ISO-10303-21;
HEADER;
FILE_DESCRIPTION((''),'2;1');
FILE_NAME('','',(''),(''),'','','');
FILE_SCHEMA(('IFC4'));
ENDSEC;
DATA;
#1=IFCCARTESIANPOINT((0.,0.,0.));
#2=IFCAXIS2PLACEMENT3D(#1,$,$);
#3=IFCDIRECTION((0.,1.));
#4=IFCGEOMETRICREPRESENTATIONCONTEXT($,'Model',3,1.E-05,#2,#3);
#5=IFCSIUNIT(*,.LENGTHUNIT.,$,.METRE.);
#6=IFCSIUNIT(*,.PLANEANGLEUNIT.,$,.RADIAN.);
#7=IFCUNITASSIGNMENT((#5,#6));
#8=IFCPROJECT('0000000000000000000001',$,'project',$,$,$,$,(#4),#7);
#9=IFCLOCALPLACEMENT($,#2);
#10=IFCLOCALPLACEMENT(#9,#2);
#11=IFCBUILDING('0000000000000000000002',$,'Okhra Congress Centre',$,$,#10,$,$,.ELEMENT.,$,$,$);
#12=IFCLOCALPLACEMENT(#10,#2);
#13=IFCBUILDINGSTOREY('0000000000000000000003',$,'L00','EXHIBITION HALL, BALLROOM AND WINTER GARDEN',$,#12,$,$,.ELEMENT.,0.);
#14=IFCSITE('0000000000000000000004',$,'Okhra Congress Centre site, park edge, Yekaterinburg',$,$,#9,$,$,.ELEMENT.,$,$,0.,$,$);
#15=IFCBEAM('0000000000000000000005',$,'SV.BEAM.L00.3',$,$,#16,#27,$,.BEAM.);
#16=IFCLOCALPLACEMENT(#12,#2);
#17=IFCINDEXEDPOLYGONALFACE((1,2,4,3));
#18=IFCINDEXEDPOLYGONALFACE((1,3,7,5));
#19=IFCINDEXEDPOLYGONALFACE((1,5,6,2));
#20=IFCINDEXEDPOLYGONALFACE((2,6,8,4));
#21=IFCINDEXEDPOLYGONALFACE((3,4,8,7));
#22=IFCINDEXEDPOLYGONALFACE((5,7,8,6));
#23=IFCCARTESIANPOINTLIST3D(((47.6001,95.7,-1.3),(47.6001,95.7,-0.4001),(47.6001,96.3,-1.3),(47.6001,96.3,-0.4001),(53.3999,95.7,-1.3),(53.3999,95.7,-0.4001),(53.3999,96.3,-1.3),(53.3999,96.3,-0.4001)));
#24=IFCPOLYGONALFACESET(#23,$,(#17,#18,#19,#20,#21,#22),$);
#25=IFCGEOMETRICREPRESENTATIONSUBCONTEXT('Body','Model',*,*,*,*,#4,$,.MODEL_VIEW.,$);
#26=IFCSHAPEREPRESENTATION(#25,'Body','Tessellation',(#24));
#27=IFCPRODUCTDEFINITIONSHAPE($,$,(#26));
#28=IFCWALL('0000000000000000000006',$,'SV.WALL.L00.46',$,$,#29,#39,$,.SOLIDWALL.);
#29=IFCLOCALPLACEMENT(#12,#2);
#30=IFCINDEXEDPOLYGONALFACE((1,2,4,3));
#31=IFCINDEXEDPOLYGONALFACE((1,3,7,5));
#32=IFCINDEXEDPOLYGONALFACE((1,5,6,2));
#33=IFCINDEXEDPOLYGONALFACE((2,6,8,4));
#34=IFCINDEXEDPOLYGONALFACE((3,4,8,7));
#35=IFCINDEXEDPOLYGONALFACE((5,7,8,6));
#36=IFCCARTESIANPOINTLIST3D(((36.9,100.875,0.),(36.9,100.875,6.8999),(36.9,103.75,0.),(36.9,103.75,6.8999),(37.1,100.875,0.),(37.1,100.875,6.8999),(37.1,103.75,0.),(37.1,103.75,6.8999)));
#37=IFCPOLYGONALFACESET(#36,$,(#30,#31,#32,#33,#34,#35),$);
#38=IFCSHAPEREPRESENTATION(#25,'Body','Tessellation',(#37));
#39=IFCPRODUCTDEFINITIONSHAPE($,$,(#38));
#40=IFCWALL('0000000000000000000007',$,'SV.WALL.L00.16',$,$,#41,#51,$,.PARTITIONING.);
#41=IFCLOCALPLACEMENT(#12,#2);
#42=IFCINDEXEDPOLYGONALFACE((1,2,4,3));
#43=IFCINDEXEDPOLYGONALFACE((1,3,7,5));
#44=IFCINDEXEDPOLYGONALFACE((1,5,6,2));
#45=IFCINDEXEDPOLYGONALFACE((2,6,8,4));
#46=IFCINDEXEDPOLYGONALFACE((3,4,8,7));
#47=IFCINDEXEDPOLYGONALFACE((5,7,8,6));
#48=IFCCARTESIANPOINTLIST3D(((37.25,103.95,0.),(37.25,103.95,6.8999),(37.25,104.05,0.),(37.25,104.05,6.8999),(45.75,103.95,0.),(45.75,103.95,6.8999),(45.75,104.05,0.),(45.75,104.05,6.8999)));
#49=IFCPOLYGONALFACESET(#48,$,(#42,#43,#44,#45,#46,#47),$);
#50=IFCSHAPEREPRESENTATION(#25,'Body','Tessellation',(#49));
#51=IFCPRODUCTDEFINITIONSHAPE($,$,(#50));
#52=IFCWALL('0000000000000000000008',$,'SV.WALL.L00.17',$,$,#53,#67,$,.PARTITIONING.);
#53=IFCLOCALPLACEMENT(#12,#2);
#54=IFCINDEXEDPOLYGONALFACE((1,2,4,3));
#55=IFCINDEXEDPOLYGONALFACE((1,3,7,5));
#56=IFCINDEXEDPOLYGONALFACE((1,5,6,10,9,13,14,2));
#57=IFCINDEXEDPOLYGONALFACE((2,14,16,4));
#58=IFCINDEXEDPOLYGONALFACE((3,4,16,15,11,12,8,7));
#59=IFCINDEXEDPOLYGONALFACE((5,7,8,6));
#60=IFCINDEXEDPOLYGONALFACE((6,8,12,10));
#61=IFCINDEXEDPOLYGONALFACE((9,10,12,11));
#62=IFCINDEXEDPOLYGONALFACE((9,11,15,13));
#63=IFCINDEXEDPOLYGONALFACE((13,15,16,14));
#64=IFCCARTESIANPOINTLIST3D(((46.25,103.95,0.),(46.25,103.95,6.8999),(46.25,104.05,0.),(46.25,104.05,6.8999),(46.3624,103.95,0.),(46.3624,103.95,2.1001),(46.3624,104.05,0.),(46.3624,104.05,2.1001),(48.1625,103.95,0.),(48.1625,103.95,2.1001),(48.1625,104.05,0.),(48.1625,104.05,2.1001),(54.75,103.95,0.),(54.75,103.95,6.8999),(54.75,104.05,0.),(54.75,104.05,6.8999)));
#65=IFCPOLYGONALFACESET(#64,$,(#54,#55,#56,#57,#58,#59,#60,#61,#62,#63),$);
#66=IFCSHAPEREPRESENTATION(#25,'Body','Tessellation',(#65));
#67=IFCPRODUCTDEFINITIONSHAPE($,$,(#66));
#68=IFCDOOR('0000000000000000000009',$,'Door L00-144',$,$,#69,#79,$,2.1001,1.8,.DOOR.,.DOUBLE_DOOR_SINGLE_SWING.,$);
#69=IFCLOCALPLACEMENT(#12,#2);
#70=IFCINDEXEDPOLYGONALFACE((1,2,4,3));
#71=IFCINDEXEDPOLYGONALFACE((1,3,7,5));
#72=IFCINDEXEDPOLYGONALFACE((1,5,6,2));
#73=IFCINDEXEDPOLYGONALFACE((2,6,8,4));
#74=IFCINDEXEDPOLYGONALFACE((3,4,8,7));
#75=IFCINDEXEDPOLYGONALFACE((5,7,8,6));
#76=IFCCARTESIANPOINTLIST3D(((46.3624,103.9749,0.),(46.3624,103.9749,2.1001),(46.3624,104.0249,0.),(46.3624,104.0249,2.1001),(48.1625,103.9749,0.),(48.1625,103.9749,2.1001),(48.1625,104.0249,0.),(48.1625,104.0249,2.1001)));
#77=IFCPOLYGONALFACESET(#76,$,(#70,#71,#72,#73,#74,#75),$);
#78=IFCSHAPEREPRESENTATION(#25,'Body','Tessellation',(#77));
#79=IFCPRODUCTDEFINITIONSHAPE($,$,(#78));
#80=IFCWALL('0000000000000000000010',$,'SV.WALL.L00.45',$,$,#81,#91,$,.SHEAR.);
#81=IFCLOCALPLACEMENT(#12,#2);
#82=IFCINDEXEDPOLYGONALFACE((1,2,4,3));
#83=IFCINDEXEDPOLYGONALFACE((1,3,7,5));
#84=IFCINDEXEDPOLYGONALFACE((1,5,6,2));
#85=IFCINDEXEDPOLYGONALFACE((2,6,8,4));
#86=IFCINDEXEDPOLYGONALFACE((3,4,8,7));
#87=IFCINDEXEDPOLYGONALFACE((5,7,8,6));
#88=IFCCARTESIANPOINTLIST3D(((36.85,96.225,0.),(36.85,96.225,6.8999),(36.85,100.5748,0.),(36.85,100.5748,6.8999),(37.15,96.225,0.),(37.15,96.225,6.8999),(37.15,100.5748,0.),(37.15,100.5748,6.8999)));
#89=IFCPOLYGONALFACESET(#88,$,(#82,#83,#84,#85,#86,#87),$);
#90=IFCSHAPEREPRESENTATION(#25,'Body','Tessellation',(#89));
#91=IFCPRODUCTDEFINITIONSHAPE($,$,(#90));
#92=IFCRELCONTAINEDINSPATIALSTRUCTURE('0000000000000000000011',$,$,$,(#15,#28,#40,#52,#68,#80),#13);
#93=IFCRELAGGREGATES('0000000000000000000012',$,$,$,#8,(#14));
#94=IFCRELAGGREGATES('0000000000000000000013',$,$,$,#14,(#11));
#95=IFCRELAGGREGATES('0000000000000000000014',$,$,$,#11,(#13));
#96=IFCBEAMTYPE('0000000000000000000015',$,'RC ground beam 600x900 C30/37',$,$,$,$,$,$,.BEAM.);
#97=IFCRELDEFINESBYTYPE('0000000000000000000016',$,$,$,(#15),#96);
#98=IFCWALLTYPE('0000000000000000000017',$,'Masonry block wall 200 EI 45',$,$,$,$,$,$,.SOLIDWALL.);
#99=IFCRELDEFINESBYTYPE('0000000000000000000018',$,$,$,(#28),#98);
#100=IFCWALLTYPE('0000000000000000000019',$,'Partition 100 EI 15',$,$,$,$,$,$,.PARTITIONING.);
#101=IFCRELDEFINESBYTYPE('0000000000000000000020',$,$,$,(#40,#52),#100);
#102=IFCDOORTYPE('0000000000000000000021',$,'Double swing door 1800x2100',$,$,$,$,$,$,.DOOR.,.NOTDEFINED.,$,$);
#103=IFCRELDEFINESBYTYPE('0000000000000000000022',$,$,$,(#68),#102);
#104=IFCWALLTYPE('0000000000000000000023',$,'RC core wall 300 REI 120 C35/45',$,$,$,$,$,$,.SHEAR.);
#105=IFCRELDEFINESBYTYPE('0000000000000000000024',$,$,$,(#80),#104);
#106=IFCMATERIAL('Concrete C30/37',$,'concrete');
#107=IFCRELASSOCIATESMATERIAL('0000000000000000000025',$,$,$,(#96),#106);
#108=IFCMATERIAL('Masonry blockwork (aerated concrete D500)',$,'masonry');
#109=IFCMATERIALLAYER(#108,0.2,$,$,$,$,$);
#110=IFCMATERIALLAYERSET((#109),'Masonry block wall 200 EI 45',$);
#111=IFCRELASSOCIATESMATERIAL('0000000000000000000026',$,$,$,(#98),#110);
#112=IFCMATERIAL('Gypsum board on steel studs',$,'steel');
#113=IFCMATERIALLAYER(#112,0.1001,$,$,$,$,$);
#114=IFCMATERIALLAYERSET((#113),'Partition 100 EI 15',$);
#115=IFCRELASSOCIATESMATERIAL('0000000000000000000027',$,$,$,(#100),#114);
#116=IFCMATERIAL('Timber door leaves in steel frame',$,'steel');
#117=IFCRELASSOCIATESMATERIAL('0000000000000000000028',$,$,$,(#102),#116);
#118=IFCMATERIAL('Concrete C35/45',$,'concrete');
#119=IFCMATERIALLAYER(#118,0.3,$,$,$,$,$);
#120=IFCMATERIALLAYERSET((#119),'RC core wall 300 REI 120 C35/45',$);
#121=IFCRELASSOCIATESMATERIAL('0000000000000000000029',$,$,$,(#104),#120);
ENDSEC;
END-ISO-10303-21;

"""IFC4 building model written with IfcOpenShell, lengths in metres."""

from ifc_helpers import new_model, si_unit, direction, frame, frame_2d, origin, origin_2d, place, context, subcontext, project, spatial, rectangle, extrude, material, layer, layer_set, material_profile, profile_set, type_object, element, fill, save


model = new_model("IFC4")

# Units and contexts
model_context = context("Model", 3, precision=1e-05, world=origin(), true_north=direction((0.0, 1.0)))
body_context = subcontext(model_context, "Body", "Model", "MODEL_VIEW")
ifc_project = project(units=[si_unit("LENGTHUNIT", "METRE"), si_unit("PLANEANGLEUNIT", "RADIAN")], contexts=[model_context])

# Site, building, storey
site_placement = place(None, origin())
site = spatial("IfcSite", under=ifc_project, at=site_placement, Name="Okhra Congress Centre site, park edge, Yekaterinburg", CompositionType="ELEMENT", RefElevation=0.0)
building_placement = place(site_placement, origin())
building = spatial("IfcBuilding", under=site, at=building_placement, Name="Okhra Congress Centre", CompositionType="ELEMENT")
storey_placement = place(building_placement, origin())
storey = spatial("IfcBuildingStorey", under=building, at=storey_placement, Name="L00", Description="EXHIBITION HALL, BALLROOM AND WINTER GARDEN", CompositionType="ELEMENT", Elevation=0.0)

# Shared definitions
ifc_material_1 = material(Name="Concrete C30/37", Category="concrete")

# Shared definitions
ifc_material_2 = material(Name="Concrete C35/45", Category="concrete")

# Beam
ifc_material_profile_1 = material_profile(ifc_material_1, rectangle(XDim=0.6001, YDim=0.8999, at=origin_2d()), Name="RC 600x900")
ifc_profile_set_1 = profile_set([ifc_material_profile_1], Name="Concrete C30/37")
beam_type_1 = type_object("IfcBeamType", Name="RC ground beam 600x900 C30/37", PredefinedType="BEAM", material=ifc_profile_set_1)
beam_1_placement = place(storey_placement, frame((47.6001, 96.0, -0.8501), z_axis=(1.0, 0.0, 0.0), x_axis=(0.0, 1.0, 0.0)))
element("IfcBeam", 1, at=beam_1_placement, inside=storey, type_object=beam_type_1, Name="SV.BEAM.L00.3", PredefinedType="BEAM", context=body_context, shape_type="SweptSolid", body=[
    extrude(rectangle(XDim=0.6001, YDim=0.8999, at=origin_2d()), origin(), (0.0, 0.0, 1.0), 5.7998),
])

# Walls
ifc_material_3 = material(Name="Masonry blockwork (aerated concrete D500)", Category="masonry")
ifc_layer_1 = layer(ifc_material_3, 0.2)
ifc_layer_set_1 = layer_set([ifc_layer_1], Name="Masonry block wall 200 EI 45")
wall_type_1 = type_object("IfcWallType", Name="Masonry block wall 200 EI 45", PredefinedType="SOLIDWALL", material=ifc_layer_set_1)
wall_1_placement = place(storey_placement, frame((37.0, 100.875, 0.0), z_axis=(0.0, 0.0, 1.0), x_axis=(0.0, 1.0, 0.0)))
element("IfcWall", 2, at=wall_1_placement, inside=storey, type_object=wall_type_1, Name="SV.WALL.L00.46", PredefinedType="SOLIDWALL", context=body_context, shape_type="SweptSolid", body=[
    extrude(rectangle(XDim=2.875, YDim=0.2, at=frame_2d((1.4375, 0.0))), origin(), (0.0, 0.0, 1.0), 6.8999),
])
ifc_material_4 = material(Name="Gypsum board on steel studs", Category="steel")
ifc_layer_2 = layer(ifc_material_4, 0.1001)
ifc_layer_set_2 = layer_set([ifc_layer_2], Name="Partition 100 EI 15")
wall_type_2 = type_object("IfcWallType", Name="Partition 100 EI 15", PredefinedType="PARTITIONING", material=ifc_layer_set_2)
wall_2_placement = place(storey_placement, frame((37.25, 104.0, 0.0), z_axis=(0.0, 0.0, 1.0), x_axis=(1.0, 0.0, 0.0)))
element("IfcWall", 3, at=wall_2_placement, inside=storey, type_object=wall_type_2, Name="SV.WALL.L00.16", PredefinedType="PARTITIONING", context=body_context, shape_type="SweptSolid", body=[
    extrude(rectangle(XDim=8.5, YDim=0.1001, at=frame_2d((4.25, 0.0))), origin(), (0.0, 0.0, 1.0), 6.8999),
])

# Wall, opening, door
wall_3_placement = place(storey_placement, frame((46.25, 104.0, 0.0), z_axis=(0.0, 0.0, 1.0), x_axis=(1.0, 0.0, 0.0)))
wall_3 = element("IfcWall", 4, at=wall_3_placement, inside=storey, type_object=wall_type_2, Name="SV.WALL.L00.17", PredefinedType="PARTITIONING", context=body_context, shape_type="SweptSolid", body=[
    extrude(rectangle(XDim=8.5, YDim=0.1001, at=frame_2d((4.25, 0.0))), origin(), (0.0, 0.0, 1.0), 6.8999),
])
opening_placement = place(wall_3_placement, frame((0.1125, 0.0, 0.0)))
opening = element("IfcOpeningElement", 5, at=opening_placement, cuts=wall_3, PredefinedType="OPENING", context=body_context, shape_type="SweptSolid", body=[
    extrude(rectangle(XDim=1.8, YDim=2.1001, at=frame_2d((0.8999, 1.05))), frame((0.0, 0.0601, 0.0), z_axis=(0.0, -1.0, 0.0), x_axis=(1.0, 0.0, 0.0)), (0.0, 0.0, 1.0), 0.1201),
])
ifc_material_5 = material(Name="Timber door leaves in steel frame", Category="steel")
door_type = type_object("IfcDoorType", Name="Double swing door 1800x2100", OperationType="NOTDEFINED", PredefinedType="DOOR", material=ifc_material_5)
door_placement = place(opening_placement, origin())
door = element("IfcDoor", 6, at=door_placement, inside=storey, type_object=door_type, Name="Door L00-144", OperationType="DOUBLE_DOOR_SINGLE_SWING", OverallHeight=2.1001, OverallWidth=1.8, PredefinedType="DOOR", context=body_context, shape_type="SweptSolid", body=[
    extrude(rectangle(XDim=1.8, YDim=2.1001, at=frame_2d((0.8999, 1.05))), frame((0.0, 0.0249, 0.0), z_axis=(0.0, -1.0, 0.0), x_axis=(1.0, 0.0, 0.0)), (0.0, 0.0, 1.0), 0.05),
])
fill(opening, door)

# Wall
ifc_layer_3 = layer(ifc_material_2, 0.3)
ifc_layer_set_3 = layer_set([ifc_layer_3], Name="RC core wall 300 REI 120 C35/45")
wall_type_3 = type_object("IfcWallType", Name="RC core wall 300 REI 120 C35/45", PredefinedType="SHEAR", material=ifc_layer_set_3)
wall_4_placement = place(storey_placement, frame((37.0, 96.2251, 0.0), z_axis=(0.0, 0.0, 1.0), x_axis=(0.0, 1.0, 0.0)))
element("IfcWall", 7, at=wall_4_placement, inside=storey, type_object=wall_type_3, Name="SV.WALL.L00.45", PredefinedType="SHEAR", context=body_context, shape_type="SweptSolid", body=[
    extrude(rectangle(XDim=4.3499, YDim=0.3, at=frame_2d((2.1748, 0.0))), origin(), (0.0, 0.0, 1.0), 6.8999),
])

save(model, "model.ifc")
